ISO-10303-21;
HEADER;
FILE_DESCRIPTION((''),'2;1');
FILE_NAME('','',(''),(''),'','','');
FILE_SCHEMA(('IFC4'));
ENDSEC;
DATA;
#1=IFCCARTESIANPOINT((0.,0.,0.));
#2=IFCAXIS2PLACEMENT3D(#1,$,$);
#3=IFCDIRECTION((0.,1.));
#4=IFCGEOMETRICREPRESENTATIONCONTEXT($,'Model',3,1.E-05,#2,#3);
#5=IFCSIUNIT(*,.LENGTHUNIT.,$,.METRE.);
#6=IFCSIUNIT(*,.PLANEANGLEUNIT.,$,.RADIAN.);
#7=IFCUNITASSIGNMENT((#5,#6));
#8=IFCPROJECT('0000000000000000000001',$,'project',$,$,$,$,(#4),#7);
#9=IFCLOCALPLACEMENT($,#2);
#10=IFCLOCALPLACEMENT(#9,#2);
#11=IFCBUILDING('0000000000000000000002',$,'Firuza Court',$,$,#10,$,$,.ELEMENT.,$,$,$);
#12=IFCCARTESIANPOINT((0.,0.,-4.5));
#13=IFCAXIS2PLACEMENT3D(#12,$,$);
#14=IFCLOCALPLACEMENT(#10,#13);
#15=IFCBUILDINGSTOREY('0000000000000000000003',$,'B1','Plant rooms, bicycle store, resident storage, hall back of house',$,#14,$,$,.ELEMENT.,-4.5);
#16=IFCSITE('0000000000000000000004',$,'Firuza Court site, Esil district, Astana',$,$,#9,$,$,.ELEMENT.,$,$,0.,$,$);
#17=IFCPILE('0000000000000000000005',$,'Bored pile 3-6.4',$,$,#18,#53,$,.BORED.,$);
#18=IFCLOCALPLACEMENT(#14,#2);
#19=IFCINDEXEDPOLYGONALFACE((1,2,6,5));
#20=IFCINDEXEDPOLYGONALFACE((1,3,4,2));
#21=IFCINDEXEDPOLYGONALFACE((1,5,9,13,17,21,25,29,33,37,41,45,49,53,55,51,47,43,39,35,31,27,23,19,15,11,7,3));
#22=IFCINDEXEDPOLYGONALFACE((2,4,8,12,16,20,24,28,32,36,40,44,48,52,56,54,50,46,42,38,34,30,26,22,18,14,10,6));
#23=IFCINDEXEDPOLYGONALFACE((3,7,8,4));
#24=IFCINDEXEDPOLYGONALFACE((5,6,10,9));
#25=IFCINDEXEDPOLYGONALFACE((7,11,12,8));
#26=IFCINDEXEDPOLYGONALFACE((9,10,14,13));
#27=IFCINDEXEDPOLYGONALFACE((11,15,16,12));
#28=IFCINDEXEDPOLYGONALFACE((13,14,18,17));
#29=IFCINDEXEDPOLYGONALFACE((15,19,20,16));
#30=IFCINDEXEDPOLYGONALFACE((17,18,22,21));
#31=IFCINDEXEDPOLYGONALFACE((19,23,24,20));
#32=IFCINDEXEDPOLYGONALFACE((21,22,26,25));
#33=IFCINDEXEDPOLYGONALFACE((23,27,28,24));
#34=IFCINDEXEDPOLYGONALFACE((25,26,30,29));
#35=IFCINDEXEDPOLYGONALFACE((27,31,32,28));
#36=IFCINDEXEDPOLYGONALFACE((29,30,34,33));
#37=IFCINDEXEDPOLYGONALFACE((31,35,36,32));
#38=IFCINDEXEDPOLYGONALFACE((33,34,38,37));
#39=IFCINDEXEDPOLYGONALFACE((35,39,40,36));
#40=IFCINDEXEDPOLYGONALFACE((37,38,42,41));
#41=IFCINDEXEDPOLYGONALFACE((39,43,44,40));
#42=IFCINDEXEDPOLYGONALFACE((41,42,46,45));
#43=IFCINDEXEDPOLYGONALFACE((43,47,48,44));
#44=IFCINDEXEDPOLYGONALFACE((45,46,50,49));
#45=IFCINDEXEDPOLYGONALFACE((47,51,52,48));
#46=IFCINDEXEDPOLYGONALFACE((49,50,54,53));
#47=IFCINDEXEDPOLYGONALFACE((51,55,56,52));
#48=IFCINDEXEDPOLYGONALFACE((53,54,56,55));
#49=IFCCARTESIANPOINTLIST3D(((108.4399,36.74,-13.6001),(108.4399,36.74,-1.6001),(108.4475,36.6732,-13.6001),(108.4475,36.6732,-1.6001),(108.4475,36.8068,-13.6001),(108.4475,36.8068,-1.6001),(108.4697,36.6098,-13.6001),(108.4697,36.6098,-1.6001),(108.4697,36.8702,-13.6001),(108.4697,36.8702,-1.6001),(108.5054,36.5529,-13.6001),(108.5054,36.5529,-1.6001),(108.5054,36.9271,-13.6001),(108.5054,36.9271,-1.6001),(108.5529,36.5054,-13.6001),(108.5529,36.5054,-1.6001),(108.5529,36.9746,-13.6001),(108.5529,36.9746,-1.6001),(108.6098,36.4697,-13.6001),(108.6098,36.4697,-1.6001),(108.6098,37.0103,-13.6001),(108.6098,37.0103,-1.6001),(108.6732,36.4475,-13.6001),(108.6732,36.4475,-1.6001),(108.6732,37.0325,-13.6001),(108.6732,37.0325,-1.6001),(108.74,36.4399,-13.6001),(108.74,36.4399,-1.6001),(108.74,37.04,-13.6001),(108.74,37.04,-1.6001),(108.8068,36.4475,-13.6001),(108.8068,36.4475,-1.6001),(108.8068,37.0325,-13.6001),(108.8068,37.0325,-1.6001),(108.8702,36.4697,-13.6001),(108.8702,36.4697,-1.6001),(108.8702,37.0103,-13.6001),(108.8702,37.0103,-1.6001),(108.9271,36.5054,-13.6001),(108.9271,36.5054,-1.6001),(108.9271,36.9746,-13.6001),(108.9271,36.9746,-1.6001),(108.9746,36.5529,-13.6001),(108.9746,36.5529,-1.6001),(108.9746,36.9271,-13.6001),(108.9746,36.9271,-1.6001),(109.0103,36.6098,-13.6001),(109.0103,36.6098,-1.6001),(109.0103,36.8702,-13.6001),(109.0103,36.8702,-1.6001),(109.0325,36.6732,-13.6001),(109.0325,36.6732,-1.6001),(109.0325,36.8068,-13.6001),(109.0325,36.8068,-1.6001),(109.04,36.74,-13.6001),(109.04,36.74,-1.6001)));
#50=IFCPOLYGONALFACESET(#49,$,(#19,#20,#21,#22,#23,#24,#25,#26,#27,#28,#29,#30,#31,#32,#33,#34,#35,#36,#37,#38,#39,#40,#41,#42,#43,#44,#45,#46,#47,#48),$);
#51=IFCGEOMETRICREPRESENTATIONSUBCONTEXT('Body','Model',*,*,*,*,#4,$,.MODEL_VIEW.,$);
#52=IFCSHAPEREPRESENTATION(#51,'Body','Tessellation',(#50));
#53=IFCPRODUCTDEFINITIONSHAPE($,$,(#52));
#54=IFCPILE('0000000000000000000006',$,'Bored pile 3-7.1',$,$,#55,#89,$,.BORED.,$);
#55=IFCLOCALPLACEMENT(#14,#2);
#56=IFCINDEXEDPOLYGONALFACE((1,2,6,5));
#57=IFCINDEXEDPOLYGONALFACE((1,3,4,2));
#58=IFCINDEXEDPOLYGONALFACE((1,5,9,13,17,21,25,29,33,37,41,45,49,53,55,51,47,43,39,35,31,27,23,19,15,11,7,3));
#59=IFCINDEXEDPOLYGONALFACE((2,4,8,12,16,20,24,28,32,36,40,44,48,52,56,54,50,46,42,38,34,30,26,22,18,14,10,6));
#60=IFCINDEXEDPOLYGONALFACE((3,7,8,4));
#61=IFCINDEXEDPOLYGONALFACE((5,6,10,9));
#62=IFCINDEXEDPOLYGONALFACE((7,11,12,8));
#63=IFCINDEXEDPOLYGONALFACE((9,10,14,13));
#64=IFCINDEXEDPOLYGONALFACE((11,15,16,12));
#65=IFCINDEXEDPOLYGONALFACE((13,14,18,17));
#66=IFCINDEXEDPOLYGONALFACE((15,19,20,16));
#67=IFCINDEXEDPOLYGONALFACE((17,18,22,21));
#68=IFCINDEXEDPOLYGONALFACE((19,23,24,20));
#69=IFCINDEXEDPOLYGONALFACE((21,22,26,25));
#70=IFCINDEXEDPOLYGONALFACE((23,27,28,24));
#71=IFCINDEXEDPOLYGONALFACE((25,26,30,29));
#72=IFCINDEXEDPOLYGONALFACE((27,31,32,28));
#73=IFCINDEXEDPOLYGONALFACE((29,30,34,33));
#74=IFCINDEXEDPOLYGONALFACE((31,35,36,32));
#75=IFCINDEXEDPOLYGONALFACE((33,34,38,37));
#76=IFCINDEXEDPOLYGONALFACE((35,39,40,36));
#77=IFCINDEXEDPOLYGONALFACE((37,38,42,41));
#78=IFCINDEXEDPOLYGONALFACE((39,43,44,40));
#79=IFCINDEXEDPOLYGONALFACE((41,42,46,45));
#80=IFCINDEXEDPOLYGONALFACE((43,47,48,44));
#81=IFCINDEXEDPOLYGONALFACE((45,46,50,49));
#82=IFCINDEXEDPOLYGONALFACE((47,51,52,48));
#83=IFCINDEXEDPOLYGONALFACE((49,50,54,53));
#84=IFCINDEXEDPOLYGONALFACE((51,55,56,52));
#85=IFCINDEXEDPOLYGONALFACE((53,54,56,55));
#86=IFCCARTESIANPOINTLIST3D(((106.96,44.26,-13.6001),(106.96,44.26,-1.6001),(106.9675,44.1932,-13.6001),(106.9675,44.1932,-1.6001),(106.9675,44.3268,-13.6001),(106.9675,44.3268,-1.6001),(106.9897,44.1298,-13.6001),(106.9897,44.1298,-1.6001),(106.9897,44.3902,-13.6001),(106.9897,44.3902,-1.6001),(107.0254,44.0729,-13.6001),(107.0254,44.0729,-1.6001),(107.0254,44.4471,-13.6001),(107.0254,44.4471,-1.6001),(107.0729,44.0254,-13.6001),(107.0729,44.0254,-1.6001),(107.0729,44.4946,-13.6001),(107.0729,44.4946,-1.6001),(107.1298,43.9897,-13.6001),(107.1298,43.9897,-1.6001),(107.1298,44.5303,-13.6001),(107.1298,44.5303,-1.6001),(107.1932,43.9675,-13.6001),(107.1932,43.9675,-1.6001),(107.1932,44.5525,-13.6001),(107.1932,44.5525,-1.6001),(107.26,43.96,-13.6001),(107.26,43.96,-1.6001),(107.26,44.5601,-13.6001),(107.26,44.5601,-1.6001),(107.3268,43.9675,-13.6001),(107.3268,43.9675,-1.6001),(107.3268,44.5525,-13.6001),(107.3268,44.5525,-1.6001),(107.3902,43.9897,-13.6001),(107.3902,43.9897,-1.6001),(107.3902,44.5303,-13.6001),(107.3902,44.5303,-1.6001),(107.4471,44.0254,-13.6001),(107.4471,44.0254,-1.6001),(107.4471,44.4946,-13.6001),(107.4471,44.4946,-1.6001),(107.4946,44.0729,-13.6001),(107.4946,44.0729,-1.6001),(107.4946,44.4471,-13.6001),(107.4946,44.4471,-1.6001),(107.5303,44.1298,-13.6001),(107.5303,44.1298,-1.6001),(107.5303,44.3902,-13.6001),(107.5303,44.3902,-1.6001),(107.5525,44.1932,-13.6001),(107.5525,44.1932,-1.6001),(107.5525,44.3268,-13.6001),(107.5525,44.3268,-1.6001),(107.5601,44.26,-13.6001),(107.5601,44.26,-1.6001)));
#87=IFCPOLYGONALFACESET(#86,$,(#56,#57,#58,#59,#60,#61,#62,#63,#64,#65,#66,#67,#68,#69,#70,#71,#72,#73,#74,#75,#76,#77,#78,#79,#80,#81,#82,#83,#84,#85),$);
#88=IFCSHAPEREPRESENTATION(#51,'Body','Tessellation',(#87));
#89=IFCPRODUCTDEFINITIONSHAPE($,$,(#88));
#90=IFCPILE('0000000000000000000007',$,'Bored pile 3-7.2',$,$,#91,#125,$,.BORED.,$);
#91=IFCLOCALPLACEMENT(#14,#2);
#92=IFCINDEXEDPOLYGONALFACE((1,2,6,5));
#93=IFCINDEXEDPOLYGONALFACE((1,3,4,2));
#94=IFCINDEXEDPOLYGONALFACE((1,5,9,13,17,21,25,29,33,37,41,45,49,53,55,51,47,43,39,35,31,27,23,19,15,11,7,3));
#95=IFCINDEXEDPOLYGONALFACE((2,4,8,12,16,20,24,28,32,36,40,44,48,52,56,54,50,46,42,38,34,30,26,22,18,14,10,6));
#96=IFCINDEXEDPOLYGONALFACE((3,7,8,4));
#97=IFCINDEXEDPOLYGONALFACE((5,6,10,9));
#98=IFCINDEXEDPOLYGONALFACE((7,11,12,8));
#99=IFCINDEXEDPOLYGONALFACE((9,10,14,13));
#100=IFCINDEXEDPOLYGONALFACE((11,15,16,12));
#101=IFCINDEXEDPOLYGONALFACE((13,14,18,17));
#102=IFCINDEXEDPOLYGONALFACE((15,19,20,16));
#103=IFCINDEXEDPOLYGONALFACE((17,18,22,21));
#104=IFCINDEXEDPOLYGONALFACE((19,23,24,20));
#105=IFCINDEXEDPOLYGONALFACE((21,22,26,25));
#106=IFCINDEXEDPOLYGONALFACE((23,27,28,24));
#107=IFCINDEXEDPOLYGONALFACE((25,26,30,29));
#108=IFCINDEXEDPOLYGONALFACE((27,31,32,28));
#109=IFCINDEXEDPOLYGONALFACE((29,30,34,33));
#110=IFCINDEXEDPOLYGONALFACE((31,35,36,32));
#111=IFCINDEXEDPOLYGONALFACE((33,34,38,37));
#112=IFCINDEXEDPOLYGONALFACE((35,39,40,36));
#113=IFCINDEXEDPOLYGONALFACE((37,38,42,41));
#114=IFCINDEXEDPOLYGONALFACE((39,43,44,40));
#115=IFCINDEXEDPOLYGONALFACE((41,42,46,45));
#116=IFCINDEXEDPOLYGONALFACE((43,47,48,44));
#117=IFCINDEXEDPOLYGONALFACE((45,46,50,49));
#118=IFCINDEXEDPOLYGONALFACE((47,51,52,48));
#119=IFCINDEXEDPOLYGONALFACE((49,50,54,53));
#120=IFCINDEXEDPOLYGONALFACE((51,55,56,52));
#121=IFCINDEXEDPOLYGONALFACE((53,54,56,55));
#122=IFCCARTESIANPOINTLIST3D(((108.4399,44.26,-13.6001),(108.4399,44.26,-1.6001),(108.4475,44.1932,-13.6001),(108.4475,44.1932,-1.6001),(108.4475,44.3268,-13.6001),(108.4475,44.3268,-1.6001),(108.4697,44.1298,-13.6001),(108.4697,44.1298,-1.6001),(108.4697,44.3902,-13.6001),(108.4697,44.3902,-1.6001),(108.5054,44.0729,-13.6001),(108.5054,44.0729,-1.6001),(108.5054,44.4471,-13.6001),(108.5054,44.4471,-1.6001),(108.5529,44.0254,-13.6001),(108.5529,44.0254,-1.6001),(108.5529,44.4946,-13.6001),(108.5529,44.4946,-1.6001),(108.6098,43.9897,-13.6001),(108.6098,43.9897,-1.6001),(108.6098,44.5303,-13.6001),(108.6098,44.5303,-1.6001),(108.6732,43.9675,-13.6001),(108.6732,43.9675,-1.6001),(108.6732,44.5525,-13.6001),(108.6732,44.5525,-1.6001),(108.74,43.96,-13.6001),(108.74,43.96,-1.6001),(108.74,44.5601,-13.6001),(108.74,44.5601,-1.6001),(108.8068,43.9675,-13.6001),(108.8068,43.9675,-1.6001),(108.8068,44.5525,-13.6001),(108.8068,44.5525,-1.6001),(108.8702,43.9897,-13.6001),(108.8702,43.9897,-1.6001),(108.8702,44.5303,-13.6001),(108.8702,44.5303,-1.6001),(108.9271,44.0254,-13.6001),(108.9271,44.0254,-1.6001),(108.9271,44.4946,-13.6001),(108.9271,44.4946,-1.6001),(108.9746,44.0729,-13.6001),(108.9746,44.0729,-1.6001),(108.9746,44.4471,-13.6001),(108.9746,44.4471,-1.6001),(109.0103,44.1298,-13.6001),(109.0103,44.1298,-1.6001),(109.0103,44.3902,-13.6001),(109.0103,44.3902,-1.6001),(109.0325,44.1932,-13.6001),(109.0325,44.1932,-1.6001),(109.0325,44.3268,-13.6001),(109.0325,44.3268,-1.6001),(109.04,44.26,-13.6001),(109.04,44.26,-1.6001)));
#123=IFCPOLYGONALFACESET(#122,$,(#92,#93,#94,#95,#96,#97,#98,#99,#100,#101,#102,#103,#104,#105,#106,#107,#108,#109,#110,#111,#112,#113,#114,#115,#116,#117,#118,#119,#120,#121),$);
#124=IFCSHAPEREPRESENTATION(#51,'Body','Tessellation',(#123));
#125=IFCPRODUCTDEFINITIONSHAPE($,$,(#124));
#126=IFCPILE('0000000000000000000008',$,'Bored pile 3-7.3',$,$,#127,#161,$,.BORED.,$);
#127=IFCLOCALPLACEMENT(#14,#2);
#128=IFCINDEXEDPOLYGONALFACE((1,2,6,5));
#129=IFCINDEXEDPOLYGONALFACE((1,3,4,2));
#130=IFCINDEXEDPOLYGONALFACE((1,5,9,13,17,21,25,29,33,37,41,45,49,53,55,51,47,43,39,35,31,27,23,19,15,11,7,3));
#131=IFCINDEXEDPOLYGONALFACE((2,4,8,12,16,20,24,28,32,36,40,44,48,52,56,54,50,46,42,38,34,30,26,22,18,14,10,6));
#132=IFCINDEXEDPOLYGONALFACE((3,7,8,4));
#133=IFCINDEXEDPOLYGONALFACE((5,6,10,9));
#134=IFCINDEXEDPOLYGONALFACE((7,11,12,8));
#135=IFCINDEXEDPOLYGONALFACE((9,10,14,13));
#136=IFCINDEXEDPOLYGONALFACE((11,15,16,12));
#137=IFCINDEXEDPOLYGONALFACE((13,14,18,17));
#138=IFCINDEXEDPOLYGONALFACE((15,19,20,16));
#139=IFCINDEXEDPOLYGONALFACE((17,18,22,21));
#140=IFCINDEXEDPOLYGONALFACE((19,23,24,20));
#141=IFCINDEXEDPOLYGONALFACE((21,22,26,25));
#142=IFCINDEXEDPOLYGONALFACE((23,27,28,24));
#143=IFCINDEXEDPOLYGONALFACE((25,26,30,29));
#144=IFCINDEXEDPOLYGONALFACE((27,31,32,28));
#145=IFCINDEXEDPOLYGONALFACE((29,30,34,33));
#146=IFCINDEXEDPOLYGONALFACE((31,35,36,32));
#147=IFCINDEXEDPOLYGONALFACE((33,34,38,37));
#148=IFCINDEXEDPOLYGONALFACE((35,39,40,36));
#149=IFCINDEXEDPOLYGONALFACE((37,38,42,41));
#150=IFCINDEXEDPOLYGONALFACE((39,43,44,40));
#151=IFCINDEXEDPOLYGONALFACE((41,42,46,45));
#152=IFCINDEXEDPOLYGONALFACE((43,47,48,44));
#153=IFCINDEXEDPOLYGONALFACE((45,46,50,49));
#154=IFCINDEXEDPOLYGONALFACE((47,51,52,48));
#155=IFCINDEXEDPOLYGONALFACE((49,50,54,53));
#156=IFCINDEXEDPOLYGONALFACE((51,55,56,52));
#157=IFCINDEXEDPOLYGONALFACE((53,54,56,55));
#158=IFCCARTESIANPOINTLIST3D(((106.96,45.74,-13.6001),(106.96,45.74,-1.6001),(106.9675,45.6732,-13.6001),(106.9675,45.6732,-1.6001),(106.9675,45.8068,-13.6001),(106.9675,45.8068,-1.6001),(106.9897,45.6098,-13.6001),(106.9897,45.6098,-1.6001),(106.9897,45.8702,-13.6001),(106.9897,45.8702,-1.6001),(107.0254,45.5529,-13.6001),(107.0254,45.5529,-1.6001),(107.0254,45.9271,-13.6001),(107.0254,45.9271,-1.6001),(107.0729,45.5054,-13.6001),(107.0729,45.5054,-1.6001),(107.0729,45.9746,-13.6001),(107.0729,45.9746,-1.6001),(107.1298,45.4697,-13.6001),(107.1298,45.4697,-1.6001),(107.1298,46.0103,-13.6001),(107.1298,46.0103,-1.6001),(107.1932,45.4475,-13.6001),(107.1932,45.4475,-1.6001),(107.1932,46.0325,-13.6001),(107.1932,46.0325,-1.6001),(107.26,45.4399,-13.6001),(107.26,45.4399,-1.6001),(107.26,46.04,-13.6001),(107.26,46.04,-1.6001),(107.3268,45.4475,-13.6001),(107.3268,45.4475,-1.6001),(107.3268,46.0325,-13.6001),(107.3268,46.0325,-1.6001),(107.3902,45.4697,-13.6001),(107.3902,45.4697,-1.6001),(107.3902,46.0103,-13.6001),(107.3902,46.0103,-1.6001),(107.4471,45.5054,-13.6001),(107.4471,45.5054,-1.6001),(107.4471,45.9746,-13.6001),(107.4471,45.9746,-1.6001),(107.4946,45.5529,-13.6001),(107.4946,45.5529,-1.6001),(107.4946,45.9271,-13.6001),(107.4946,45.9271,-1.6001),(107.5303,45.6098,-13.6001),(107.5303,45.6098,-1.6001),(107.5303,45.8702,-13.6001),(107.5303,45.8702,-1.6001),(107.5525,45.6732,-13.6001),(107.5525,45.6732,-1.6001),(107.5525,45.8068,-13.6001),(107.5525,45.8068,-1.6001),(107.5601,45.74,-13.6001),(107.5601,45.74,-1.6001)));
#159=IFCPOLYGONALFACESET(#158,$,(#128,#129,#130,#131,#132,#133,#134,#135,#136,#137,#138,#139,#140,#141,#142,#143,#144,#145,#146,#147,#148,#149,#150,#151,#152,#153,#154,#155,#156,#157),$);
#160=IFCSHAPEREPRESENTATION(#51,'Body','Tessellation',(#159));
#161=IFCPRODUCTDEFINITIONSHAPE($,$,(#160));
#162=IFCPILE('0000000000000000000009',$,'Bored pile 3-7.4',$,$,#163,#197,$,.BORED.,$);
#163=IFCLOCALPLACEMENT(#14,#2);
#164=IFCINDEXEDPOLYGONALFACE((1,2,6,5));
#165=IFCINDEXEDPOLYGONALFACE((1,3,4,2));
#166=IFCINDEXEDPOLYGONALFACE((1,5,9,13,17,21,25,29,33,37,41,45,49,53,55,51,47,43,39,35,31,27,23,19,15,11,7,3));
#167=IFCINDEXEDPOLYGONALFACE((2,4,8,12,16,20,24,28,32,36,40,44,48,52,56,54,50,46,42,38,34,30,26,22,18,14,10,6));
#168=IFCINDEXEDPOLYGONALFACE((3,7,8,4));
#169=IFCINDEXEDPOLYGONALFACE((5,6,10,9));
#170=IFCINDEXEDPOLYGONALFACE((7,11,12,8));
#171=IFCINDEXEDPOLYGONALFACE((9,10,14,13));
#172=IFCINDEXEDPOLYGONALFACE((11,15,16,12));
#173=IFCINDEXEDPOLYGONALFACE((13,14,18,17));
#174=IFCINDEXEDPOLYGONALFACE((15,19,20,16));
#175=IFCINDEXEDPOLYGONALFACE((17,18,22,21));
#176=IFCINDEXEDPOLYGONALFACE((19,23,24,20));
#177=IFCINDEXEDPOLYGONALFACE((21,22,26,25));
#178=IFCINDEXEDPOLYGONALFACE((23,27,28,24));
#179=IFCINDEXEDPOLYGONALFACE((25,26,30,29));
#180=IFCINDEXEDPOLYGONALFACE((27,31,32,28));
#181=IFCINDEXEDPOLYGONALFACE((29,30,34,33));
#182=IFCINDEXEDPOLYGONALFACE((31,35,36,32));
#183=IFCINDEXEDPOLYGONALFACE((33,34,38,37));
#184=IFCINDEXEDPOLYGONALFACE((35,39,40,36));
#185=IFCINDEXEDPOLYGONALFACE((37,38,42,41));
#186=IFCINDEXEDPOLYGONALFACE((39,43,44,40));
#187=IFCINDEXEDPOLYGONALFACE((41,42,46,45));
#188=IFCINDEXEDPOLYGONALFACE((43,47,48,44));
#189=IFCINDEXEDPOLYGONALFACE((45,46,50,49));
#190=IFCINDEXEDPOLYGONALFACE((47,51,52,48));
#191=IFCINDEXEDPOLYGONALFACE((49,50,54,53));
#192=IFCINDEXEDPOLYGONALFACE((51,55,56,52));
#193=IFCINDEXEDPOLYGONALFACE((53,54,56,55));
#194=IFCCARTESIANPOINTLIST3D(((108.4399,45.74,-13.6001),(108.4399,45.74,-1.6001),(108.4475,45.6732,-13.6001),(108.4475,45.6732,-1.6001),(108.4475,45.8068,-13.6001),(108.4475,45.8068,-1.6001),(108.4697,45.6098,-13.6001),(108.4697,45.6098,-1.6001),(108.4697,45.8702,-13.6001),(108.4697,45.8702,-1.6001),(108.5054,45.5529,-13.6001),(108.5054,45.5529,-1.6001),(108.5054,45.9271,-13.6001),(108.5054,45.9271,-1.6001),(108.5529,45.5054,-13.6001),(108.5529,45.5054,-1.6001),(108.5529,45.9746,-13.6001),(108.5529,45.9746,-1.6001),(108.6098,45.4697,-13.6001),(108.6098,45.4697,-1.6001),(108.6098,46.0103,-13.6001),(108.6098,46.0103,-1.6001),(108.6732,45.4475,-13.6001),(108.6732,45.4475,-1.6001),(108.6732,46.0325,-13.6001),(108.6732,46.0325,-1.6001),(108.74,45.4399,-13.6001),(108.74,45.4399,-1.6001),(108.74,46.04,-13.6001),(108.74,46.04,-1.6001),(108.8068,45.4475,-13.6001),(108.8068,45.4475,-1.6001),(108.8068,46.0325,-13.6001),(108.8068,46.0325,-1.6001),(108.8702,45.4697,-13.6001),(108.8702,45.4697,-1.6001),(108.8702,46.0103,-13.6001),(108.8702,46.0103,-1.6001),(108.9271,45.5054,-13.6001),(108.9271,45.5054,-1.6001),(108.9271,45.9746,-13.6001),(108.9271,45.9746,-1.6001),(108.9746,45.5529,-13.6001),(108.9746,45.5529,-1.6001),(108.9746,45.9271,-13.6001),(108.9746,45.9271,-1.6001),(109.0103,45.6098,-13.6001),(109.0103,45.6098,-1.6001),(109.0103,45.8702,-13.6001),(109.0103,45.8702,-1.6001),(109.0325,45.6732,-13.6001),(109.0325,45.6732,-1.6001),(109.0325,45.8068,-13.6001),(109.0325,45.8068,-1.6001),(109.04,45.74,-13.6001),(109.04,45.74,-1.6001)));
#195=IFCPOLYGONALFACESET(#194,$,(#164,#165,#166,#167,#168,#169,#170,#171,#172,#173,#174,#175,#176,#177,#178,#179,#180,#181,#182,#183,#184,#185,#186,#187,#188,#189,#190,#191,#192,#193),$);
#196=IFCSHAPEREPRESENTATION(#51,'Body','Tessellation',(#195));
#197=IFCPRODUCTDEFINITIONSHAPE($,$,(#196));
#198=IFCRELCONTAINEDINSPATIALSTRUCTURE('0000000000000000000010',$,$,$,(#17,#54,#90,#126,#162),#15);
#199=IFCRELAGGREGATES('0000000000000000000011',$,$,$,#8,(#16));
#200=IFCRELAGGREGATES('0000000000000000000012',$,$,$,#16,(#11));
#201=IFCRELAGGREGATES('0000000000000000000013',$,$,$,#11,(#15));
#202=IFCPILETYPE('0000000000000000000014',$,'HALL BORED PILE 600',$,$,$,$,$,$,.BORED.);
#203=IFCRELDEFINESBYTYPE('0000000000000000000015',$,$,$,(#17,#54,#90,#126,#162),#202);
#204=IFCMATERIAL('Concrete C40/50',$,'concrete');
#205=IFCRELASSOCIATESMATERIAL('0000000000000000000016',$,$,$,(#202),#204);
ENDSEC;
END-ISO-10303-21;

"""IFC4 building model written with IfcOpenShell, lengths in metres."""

from ifc_helpers import new_model, si_unit, direction, frame, origin, origin_2d, place, context, subcontext, project, spatial, circle, extrude, material, material_profile, profile_set, type_object, element, save


model = new_model("IFC4")

# Units and contexts
model_context = context("Model", 3, precision=1e-05, world=origin(), true_north=direction((0.0, 1.0)))
body_context = subcontext(model_context, "Body", "Model", "MODEL_VIEW")
ifc_project = project(units=[si_unit("LENGTHUNIT", "METRE"), si_unit("PLANEANGLEUNIT", "RADIAN")], contexts=[model_context])

# Site, building, storey
site_placement = place(None, origin())
site = spatial("IfcSite", under=ifc_project, at=site_placement, Name="Firuza Court site, Esil district, Astana", CompositionType="ELEMENT", RefElevation=0.0)
building_placement = place(site_placement, origin())
building = spatial("IfcBuilding", under=site, at=building_placement, Name="Firuza Court", CompositionType="ELEMENT")
storey_placement = place(building_placement, frame((0.0, 0.0, -4.5)))
storey = spatial("IfcBuildingStorey", under=building, at=storey_placement, Name="B1", Description="Plant rooms, bicycle store, resident storage, hall back of house", CompositionType="ELEMENT", Elevation=-4.5)

# Piles
ifc_material_1 = material(Name="Concrete C40/50", Category="concrete")
ifc_material_profile_1 = material_profile(ifc_material_1, circle(Radius=0.3, at=origin_2d()), Name="PILE 600")
ifc_profile_set_1 = profile_set([ifc_material_profile_1], Name="Concrete C40/50")
pile_type = type_object("IfcPileType", Name="HALL BORED PILE 600", PredefinedType="BORED", material=ifc_profile_set_1)
for number, where, z_axis, x_axis, name in (
    (1, (108.74, 36.74, -1.6001), (0.0, 0.0, -1.0), (1.0, 0.0, 0.0), "Bored pile 3-6.4"),
    (2, (107.26, 44.26, -1.6001), (0.0, 0.0, -1.0), (1.0, 0.0, 0.0), "Bored pile 3-7.1"),
    (3, (108.74, 44.26, -1.6001), (0.0, 0.0, -1.0), (1.0, 0.0, 0.0), "Bored pile 3-7.2"),
    (4, (107.26, 45.74, -1.6001), (0.0, 0.0, -1.0), (1.0, 0.0, 0.0), "Bored pile 3-7.3"),
    (5, (108.74, 45.74, -1.6001), (0.0, 0.0, -1.0), (1.0, 0.0, 0.0), "Bored pile 3-7.4"),
):
    element("IfcPile", number, at=place(storey_placement, frame(where, z_axis=z_axis, x_axis=x_axis)), inside=storey, type_object=pile_type, Name=name, PredefinedType="BORED", context=body_context, shape_type="SweptSolid", body=[
        extrude(circle(Radius=0.3, at=origin_2d()), origin(), (0.0, 0.0, 1.0), 12.0),
    ])

save(model, "model.ifc")
